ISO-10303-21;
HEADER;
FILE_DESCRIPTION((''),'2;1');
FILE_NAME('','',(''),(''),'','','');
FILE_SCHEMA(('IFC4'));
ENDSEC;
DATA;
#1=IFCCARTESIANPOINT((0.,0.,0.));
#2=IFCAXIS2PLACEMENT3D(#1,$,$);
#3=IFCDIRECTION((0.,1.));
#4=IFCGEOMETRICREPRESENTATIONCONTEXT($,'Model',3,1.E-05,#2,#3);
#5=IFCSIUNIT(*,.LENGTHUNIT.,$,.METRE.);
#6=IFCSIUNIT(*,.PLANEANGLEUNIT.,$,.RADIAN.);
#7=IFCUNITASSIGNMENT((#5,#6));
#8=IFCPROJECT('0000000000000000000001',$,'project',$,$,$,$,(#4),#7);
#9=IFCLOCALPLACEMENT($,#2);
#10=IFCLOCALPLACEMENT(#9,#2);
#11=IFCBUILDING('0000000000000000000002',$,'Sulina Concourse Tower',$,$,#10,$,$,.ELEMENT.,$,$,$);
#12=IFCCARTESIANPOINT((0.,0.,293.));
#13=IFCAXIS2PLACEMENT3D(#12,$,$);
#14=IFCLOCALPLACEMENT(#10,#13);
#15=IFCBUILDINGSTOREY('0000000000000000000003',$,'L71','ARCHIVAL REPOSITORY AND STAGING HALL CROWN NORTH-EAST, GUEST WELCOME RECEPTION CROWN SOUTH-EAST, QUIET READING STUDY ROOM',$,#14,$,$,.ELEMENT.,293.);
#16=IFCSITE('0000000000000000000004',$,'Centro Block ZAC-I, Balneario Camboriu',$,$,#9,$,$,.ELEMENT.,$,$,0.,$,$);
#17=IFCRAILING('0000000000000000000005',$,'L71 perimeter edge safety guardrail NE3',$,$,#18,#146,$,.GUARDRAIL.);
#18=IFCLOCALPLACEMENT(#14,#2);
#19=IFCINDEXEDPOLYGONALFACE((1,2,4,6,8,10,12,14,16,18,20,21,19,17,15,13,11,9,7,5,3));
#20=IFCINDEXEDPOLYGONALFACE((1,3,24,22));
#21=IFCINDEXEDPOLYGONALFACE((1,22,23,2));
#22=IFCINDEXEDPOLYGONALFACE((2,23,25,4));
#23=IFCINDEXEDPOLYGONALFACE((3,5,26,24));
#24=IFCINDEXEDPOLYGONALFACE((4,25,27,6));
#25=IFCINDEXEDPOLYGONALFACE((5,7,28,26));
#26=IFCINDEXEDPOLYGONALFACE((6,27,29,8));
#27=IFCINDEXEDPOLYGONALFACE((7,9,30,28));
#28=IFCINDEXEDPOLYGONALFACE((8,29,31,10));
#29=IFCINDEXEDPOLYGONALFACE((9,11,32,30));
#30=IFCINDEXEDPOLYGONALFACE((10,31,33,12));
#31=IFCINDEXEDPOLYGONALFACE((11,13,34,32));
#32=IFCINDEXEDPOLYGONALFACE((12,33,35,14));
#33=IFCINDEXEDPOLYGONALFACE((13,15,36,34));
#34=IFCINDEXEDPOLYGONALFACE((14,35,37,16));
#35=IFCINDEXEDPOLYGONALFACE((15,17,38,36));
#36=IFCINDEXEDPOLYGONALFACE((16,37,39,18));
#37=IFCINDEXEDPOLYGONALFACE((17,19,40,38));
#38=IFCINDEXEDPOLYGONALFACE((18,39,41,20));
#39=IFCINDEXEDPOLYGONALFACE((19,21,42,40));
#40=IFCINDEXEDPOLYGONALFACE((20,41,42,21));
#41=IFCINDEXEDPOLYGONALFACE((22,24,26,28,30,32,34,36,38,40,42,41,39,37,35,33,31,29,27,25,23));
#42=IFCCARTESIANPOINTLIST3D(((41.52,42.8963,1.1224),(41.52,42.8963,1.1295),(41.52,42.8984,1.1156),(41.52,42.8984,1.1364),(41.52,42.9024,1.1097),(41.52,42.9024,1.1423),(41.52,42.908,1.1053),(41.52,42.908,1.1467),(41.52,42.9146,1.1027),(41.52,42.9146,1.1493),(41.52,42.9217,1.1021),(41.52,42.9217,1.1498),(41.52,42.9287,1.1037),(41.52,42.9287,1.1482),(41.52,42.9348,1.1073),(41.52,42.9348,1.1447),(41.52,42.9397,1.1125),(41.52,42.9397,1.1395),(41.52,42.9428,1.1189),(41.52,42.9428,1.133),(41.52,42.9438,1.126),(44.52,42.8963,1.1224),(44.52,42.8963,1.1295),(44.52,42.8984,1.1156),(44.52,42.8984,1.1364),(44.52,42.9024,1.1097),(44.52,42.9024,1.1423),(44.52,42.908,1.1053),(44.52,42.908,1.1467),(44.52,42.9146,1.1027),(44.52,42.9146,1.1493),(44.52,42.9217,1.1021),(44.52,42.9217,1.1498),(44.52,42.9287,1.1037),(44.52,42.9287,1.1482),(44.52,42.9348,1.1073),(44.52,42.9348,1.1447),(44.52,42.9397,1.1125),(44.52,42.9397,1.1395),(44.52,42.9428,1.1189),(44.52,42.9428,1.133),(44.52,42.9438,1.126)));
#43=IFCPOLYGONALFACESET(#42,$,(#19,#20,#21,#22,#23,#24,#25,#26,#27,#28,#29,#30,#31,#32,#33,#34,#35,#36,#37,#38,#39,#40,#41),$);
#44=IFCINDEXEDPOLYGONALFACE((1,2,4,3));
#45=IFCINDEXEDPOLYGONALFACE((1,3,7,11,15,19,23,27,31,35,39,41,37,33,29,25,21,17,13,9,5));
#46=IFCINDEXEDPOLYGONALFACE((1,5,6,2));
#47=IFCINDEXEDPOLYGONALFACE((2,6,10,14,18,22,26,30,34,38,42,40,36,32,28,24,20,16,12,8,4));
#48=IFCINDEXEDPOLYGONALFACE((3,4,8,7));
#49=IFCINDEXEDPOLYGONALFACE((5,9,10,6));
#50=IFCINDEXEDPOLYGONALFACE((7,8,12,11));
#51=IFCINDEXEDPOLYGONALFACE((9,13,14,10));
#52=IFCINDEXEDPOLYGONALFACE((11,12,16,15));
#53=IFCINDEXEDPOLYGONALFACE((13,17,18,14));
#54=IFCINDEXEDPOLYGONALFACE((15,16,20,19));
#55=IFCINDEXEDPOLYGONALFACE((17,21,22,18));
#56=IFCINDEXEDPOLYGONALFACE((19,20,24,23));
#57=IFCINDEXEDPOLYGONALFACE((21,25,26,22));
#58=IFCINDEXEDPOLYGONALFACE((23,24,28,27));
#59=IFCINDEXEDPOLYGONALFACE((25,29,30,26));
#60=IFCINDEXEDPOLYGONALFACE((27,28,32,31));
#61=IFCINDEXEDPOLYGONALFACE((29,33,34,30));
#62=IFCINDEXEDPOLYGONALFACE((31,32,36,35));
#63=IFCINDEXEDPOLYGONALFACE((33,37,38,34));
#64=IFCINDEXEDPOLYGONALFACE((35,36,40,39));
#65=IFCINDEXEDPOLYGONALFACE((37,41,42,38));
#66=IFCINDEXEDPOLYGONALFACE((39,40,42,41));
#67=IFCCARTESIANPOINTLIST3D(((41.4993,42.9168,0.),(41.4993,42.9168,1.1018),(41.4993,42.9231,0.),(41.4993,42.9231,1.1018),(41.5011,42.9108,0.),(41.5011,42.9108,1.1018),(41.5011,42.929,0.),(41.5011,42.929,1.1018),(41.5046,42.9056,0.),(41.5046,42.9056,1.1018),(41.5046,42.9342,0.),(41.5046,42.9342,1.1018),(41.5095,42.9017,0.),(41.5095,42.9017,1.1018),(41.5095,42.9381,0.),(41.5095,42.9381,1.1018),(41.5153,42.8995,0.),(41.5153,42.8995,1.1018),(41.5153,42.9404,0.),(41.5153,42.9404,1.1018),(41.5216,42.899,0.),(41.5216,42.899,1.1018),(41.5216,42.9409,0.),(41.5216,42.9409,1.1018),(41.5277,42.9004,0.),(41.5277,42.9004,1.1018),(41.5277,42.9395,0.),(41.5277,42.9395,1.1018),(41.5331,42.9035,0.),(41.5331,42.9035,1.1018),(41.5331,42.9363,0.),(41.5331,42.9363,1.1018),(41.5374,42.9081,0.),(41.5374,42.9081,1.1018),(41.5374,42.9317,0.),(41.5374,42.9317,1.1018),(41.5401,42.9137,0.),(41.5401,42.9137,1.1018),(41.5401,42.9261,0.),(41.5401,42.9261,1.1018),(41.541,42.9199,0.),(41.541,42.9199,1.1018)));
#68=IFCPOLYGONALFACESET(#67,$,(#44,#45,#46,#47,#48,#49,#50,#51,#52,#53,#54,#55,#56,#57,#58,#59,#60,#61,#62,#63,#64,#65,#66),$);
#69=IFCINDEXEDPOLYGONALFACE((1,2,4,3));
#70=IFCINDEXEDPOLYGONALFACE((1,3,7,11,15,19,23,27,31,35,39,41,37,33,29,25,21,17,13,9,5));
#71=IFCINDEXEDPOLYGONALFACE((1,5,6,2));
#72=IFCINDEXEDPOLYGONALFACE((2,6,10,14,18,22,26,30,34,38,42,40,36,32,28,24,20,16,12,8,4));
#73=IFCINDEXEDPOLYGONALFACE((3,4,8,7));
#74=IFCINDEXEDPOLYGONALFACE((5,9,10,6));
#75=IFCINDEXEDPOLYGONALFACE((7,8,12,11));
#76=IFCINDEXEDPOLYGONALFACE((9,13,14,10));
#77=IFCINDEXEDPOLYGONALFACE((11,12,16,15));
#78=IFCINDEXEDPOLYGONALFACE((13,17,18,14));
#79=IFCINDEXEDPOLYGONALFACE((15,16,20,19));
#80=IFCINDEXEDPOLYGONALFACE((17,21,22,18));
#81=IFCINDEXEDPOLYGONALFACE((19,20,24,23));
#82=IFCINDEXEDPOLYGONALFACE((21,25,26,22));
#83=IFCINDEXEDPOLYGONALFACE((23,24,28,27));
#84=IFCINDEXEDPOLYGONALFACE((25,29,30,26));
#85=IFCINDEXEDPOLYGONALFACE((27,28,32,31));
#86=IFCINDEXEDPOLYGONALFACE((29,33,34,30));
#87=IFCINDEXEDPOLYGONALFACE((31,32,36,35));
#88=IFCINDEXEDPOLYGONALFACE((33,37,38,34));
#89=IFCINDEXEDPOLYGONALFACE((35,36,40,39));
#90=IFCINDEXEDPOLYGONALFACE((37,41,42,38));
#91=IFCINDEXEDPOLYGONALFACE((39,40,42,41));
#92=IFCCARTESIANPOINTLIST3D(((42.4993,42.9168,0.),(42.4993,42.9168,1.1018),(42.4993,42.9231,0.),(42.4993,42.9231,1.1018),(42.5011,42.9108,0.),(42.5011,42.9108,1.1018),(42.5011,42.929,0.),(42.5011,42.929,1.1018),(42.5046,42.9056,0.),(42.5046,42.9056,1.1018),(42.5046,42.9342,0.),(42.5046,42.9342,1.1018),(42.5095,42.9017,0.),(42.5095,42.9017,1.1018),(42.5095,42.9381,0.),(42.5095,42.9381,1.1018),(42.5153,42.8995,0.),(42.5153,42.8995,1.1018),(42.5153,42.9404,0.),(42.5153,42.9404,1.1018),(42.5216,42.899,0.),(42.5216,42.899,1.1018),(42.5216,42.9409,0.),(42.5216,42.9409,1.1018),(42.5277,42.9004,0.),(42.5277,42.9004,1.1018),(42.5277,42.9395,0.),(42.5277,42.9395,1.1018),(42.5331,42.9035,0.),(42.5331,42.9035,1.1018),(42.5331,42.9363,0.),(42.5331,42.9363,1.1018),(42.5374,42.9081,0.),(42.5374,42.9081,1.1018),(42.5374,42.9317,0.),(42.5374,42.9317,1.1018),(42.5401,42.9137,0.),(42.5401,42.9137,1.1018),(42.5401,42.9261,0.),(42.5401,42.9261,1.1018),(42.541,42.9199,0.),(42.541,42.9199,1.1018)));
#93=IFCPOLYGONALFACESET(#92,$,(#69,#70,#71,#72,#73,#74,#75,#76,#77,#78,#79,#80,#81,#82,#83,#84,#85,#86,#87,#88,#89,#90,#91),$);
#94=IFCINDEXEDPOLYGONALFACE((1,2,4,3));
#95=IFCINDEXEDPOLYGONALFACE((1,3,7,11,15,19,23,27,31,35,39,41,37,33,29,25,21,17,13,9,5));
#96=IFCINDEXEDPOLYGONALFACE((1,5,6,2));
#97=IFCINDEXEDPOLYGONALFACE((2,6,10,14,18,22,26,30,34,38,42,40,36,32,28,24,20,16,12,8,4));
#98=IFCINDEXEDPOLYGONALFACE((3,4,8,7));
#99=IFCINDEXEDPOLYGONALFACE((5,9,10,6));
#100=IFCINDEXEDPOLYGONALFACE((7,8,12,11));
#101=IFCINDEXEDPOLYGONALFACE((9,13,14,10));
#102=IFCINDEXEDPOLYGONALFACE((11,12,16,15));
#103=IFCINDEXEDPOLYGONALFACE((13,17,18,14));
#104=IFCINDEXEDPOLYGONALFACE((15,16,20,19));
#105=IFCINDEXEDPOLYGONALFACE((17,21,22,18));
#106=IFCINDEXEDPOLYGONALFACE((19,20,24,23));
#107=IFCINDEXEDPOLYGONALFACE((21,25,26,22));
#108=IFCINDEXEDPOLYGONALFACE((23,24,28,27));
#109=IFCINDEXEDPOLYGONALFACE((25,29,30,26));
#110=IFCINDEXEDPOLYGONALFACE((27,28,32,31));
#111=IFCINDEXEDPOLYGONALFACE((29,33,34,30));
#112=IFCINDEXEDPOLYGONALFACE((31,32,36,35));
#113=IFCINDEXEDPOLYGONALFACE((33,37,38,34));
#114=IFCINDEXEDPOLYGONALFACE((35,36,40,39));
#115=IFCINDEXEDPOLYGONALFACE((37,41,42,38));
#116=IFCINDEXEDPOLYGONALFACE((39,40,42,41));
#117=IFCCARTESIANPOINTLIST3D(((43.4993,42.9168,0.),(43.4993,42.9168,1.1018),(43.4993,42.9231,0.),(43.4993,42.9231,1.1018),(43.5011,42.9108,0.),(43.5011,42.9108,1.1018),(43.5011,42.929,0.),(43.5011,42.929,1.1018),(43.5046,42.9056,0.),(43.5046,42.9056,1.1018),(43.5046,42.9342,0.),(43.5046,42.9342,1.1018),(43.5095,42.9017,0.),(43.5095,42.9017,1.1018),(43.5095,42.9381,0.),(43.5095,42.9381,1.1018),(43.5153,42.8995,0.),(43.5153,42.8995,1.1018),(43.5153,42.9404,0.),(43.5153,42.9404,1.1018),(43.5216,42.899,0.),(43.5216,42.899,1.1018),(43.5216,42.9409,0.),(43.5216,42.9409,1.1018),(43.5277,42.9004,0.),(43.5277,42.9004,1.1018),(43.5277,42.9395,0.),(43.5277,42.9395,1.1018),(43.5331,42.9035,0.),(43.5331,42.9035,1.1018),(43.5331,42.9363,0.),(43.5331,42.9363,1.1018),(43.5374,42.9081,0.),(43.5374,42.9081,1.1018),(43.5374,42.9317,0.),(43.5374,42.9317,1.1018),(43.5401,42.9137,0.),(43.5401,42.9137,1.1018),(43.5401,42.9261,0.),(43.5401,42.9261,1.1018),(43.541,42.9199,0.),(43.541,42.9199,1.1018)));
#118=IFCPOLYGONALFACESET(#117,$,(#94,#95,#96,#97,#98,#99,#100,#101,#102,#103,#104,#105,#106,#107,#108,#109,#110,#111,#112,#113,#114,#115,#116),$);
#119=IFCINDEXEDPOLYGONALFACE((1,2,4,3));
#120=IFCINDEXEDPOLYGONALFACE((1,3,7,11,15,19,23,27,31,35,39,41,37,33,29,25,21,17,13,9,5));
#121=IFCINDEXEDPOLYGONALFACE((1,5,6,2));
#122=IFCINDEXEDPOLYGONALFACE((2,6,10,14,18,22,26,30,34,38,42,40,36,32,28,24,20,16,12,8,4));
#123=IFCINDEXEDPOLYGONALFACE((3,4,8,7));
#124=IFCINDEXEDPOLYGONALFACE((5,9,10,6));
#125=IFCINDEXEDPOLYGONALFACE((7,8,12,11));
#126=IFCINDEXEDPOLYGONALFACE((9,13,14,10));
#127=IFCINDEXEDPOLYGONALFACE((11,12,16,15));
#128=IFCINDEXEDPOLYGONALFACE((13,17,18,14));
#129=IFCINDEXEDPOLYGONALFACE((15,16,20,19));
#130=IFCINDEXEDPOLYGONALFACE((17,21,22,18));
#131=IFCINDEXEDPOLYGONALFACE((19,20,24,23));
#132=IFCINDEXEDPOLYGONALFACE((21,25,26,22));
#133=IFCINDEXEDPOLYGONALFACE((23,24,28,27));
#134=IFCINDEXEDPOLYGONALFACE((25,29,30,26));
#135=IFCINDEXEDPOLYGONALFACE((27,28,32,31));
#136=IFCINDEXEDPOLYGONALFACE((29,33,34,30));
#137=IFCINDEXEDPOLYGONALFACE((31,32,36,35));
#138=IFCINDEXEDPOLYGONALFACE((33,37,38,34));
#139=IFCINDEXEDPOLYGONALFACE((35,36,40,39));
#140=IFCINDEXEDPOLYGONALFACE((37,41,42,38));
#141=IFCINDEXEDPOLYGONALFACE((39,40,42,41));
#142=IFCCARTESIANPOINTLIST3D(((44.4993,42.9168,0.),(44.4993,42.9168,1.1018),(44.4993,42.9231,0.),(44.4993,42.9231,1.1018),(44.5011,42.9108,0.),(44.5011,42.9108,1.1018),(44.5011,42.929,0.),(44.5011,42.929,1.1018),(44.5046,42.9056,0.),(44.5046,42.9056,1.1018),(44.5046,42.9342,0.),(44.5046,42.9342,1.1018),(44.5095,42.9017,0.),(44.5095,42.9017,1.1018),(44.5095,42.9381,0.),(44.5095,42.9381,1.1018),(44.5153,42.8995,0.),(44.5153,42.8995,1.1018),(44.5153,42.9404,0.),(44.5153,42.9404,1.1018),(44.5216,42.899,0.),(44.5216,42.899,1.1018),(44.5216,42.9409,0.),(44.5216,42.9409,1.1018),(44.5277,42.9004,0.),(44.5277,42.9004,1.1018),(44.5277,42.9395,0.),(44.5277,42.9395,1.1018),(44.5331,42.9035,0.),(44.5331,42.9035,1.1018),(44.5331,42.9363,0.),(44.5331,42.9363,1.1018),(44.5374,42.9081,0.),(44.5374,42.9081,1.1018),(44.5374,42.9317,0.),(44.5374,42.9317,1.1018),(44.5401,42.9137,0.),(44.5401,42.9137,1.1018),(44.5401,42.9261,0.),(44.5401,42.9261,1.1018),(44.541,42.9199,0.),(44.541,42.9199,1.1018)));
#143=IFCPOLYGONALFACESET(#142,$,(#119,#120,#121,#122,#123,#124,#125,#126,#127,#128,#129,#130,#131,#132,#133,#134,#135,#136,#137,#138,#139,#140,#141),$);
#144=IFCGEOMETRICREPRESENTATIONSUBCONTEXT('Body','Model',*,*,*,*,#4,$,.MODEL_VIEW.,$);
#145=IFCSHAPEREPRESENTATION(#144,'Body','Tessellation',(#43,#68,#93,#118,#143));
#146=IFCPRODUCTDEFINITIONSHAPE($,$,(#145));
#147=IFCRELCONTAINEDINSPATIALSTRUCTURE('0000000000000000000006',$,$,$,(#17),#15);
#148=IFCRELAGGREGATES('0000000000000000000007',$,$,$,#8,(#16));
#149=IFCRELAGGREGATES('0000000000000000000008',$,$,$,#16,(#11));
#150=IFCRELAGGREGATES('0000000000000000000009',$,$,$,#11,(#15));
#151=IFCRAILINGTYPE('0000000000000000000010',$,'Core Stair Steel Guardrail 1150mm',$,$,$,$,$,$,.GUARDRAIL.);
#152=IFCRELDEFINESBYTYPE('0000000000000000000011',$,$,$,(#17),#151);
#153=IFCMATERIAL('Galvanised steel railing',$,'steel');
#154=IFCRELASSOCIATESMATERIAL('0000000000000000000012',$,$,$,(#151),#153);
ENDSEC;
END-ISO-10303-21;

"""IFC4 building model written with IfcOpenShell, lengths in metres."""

from ifc_helpers import new_model, si_unit, direction, frame, origin, origin_2d, place, context, subcontext, project, spatial, circle, extrude, material, type_object, element, save


model = new_model("IFC4")

# Units and contexts
model_context = context("Model", 3, precision=1e-05, world=origin(), true_north=direction((0.0, 1.0)))
body_context = subcontext(model_context, "Body", "Model", "MODEL_VIEW")
ifc_project = project(units=[si_unit("LENGTHUNIT", "METRE"), si_unit("PLANEANGLEUNIT", "RADIAN")], contexts=[model_context])

# Site, building, storey
site_placement = place(None, origin())
site = spatial("IfcSite", under=ifc_project, at=site_placement, Name="Centro Block ZAC-I, Balneario Camboriu", CompositionType="ELEMENT", RefElevation=0.0)
building_placement = place(site_placement, origin())
building = spatial("IfcBuilding", under=site, at=building_placement, Name="Sulina Concourse Tower", CompositionType="ELEMENT")
storey_placement = place(building_placement, frame((0.0, 0.0, 293.0)))
storey = spatial("IfcBuildingStorey", under=building, at=storey_placement, Name="L71", Description="ARCHIVAL REPOSITORY AND STAGING HALL CROWN NORTH-EAST, GUEST WELCOME RECEPTION CROWN SOUTH-EAST, QUIET READING STUDY ROOM", CompositionType="ELEMENT", Elevation=293.0)

# Railing
ifc_material_1 = material(Name="Galvanised steel railing", Category="steel")
railing_type = type_object("IfcRailingType", Name="Core Stair Steel Guardrail 1150mm", PredefinedType="GUARDRAIL", material=ifc_material_1)
railing_1_placement = place(storey_placement, frame((41.52, 42.9199, 0.0)))
element("IfcRailing", 1, at=railing_1_placement, inside=storey, type_object=railing_type, Name="L71 perimeter edge safety guardrail NE3", PredefinedType="GUARDRAIL", context=body_context, shape_type="SweptSolid", body=[
    extrude(circle(Radius=0.0239, at=origin_2d()), frame((0.0, 0.0, 1.126), z_axis=(1.0, 0.0, 0.0), x_axis=(0.0, 1.0, 0.0)), (0.0, 0.0, 1.0), 3.0),
    extrude(circle(Radius=0.021, at=origin_2d()), origin(), (0.0, 0.0, 1.0), 1.1018),
    extrude(circle(Radius=0.021, at=origin_2d()), frame((1.0, 0.0, 0.0)), (0.0, 0.0, 1.0), 1.1018),
    extrude(circle(Radius=0.021, at=origin_2d()), frame((2.0, 0.0, 0.0)), (0.0, 0.0, 1.0), 1.1018),
    extrude(circle(Radius=0.021, at=origin_2d()), frame((3.0, 0.0, 0.0)), (0.0, 0.0, 1.0), 1.1018),
])

save(model, "model.ifc")
